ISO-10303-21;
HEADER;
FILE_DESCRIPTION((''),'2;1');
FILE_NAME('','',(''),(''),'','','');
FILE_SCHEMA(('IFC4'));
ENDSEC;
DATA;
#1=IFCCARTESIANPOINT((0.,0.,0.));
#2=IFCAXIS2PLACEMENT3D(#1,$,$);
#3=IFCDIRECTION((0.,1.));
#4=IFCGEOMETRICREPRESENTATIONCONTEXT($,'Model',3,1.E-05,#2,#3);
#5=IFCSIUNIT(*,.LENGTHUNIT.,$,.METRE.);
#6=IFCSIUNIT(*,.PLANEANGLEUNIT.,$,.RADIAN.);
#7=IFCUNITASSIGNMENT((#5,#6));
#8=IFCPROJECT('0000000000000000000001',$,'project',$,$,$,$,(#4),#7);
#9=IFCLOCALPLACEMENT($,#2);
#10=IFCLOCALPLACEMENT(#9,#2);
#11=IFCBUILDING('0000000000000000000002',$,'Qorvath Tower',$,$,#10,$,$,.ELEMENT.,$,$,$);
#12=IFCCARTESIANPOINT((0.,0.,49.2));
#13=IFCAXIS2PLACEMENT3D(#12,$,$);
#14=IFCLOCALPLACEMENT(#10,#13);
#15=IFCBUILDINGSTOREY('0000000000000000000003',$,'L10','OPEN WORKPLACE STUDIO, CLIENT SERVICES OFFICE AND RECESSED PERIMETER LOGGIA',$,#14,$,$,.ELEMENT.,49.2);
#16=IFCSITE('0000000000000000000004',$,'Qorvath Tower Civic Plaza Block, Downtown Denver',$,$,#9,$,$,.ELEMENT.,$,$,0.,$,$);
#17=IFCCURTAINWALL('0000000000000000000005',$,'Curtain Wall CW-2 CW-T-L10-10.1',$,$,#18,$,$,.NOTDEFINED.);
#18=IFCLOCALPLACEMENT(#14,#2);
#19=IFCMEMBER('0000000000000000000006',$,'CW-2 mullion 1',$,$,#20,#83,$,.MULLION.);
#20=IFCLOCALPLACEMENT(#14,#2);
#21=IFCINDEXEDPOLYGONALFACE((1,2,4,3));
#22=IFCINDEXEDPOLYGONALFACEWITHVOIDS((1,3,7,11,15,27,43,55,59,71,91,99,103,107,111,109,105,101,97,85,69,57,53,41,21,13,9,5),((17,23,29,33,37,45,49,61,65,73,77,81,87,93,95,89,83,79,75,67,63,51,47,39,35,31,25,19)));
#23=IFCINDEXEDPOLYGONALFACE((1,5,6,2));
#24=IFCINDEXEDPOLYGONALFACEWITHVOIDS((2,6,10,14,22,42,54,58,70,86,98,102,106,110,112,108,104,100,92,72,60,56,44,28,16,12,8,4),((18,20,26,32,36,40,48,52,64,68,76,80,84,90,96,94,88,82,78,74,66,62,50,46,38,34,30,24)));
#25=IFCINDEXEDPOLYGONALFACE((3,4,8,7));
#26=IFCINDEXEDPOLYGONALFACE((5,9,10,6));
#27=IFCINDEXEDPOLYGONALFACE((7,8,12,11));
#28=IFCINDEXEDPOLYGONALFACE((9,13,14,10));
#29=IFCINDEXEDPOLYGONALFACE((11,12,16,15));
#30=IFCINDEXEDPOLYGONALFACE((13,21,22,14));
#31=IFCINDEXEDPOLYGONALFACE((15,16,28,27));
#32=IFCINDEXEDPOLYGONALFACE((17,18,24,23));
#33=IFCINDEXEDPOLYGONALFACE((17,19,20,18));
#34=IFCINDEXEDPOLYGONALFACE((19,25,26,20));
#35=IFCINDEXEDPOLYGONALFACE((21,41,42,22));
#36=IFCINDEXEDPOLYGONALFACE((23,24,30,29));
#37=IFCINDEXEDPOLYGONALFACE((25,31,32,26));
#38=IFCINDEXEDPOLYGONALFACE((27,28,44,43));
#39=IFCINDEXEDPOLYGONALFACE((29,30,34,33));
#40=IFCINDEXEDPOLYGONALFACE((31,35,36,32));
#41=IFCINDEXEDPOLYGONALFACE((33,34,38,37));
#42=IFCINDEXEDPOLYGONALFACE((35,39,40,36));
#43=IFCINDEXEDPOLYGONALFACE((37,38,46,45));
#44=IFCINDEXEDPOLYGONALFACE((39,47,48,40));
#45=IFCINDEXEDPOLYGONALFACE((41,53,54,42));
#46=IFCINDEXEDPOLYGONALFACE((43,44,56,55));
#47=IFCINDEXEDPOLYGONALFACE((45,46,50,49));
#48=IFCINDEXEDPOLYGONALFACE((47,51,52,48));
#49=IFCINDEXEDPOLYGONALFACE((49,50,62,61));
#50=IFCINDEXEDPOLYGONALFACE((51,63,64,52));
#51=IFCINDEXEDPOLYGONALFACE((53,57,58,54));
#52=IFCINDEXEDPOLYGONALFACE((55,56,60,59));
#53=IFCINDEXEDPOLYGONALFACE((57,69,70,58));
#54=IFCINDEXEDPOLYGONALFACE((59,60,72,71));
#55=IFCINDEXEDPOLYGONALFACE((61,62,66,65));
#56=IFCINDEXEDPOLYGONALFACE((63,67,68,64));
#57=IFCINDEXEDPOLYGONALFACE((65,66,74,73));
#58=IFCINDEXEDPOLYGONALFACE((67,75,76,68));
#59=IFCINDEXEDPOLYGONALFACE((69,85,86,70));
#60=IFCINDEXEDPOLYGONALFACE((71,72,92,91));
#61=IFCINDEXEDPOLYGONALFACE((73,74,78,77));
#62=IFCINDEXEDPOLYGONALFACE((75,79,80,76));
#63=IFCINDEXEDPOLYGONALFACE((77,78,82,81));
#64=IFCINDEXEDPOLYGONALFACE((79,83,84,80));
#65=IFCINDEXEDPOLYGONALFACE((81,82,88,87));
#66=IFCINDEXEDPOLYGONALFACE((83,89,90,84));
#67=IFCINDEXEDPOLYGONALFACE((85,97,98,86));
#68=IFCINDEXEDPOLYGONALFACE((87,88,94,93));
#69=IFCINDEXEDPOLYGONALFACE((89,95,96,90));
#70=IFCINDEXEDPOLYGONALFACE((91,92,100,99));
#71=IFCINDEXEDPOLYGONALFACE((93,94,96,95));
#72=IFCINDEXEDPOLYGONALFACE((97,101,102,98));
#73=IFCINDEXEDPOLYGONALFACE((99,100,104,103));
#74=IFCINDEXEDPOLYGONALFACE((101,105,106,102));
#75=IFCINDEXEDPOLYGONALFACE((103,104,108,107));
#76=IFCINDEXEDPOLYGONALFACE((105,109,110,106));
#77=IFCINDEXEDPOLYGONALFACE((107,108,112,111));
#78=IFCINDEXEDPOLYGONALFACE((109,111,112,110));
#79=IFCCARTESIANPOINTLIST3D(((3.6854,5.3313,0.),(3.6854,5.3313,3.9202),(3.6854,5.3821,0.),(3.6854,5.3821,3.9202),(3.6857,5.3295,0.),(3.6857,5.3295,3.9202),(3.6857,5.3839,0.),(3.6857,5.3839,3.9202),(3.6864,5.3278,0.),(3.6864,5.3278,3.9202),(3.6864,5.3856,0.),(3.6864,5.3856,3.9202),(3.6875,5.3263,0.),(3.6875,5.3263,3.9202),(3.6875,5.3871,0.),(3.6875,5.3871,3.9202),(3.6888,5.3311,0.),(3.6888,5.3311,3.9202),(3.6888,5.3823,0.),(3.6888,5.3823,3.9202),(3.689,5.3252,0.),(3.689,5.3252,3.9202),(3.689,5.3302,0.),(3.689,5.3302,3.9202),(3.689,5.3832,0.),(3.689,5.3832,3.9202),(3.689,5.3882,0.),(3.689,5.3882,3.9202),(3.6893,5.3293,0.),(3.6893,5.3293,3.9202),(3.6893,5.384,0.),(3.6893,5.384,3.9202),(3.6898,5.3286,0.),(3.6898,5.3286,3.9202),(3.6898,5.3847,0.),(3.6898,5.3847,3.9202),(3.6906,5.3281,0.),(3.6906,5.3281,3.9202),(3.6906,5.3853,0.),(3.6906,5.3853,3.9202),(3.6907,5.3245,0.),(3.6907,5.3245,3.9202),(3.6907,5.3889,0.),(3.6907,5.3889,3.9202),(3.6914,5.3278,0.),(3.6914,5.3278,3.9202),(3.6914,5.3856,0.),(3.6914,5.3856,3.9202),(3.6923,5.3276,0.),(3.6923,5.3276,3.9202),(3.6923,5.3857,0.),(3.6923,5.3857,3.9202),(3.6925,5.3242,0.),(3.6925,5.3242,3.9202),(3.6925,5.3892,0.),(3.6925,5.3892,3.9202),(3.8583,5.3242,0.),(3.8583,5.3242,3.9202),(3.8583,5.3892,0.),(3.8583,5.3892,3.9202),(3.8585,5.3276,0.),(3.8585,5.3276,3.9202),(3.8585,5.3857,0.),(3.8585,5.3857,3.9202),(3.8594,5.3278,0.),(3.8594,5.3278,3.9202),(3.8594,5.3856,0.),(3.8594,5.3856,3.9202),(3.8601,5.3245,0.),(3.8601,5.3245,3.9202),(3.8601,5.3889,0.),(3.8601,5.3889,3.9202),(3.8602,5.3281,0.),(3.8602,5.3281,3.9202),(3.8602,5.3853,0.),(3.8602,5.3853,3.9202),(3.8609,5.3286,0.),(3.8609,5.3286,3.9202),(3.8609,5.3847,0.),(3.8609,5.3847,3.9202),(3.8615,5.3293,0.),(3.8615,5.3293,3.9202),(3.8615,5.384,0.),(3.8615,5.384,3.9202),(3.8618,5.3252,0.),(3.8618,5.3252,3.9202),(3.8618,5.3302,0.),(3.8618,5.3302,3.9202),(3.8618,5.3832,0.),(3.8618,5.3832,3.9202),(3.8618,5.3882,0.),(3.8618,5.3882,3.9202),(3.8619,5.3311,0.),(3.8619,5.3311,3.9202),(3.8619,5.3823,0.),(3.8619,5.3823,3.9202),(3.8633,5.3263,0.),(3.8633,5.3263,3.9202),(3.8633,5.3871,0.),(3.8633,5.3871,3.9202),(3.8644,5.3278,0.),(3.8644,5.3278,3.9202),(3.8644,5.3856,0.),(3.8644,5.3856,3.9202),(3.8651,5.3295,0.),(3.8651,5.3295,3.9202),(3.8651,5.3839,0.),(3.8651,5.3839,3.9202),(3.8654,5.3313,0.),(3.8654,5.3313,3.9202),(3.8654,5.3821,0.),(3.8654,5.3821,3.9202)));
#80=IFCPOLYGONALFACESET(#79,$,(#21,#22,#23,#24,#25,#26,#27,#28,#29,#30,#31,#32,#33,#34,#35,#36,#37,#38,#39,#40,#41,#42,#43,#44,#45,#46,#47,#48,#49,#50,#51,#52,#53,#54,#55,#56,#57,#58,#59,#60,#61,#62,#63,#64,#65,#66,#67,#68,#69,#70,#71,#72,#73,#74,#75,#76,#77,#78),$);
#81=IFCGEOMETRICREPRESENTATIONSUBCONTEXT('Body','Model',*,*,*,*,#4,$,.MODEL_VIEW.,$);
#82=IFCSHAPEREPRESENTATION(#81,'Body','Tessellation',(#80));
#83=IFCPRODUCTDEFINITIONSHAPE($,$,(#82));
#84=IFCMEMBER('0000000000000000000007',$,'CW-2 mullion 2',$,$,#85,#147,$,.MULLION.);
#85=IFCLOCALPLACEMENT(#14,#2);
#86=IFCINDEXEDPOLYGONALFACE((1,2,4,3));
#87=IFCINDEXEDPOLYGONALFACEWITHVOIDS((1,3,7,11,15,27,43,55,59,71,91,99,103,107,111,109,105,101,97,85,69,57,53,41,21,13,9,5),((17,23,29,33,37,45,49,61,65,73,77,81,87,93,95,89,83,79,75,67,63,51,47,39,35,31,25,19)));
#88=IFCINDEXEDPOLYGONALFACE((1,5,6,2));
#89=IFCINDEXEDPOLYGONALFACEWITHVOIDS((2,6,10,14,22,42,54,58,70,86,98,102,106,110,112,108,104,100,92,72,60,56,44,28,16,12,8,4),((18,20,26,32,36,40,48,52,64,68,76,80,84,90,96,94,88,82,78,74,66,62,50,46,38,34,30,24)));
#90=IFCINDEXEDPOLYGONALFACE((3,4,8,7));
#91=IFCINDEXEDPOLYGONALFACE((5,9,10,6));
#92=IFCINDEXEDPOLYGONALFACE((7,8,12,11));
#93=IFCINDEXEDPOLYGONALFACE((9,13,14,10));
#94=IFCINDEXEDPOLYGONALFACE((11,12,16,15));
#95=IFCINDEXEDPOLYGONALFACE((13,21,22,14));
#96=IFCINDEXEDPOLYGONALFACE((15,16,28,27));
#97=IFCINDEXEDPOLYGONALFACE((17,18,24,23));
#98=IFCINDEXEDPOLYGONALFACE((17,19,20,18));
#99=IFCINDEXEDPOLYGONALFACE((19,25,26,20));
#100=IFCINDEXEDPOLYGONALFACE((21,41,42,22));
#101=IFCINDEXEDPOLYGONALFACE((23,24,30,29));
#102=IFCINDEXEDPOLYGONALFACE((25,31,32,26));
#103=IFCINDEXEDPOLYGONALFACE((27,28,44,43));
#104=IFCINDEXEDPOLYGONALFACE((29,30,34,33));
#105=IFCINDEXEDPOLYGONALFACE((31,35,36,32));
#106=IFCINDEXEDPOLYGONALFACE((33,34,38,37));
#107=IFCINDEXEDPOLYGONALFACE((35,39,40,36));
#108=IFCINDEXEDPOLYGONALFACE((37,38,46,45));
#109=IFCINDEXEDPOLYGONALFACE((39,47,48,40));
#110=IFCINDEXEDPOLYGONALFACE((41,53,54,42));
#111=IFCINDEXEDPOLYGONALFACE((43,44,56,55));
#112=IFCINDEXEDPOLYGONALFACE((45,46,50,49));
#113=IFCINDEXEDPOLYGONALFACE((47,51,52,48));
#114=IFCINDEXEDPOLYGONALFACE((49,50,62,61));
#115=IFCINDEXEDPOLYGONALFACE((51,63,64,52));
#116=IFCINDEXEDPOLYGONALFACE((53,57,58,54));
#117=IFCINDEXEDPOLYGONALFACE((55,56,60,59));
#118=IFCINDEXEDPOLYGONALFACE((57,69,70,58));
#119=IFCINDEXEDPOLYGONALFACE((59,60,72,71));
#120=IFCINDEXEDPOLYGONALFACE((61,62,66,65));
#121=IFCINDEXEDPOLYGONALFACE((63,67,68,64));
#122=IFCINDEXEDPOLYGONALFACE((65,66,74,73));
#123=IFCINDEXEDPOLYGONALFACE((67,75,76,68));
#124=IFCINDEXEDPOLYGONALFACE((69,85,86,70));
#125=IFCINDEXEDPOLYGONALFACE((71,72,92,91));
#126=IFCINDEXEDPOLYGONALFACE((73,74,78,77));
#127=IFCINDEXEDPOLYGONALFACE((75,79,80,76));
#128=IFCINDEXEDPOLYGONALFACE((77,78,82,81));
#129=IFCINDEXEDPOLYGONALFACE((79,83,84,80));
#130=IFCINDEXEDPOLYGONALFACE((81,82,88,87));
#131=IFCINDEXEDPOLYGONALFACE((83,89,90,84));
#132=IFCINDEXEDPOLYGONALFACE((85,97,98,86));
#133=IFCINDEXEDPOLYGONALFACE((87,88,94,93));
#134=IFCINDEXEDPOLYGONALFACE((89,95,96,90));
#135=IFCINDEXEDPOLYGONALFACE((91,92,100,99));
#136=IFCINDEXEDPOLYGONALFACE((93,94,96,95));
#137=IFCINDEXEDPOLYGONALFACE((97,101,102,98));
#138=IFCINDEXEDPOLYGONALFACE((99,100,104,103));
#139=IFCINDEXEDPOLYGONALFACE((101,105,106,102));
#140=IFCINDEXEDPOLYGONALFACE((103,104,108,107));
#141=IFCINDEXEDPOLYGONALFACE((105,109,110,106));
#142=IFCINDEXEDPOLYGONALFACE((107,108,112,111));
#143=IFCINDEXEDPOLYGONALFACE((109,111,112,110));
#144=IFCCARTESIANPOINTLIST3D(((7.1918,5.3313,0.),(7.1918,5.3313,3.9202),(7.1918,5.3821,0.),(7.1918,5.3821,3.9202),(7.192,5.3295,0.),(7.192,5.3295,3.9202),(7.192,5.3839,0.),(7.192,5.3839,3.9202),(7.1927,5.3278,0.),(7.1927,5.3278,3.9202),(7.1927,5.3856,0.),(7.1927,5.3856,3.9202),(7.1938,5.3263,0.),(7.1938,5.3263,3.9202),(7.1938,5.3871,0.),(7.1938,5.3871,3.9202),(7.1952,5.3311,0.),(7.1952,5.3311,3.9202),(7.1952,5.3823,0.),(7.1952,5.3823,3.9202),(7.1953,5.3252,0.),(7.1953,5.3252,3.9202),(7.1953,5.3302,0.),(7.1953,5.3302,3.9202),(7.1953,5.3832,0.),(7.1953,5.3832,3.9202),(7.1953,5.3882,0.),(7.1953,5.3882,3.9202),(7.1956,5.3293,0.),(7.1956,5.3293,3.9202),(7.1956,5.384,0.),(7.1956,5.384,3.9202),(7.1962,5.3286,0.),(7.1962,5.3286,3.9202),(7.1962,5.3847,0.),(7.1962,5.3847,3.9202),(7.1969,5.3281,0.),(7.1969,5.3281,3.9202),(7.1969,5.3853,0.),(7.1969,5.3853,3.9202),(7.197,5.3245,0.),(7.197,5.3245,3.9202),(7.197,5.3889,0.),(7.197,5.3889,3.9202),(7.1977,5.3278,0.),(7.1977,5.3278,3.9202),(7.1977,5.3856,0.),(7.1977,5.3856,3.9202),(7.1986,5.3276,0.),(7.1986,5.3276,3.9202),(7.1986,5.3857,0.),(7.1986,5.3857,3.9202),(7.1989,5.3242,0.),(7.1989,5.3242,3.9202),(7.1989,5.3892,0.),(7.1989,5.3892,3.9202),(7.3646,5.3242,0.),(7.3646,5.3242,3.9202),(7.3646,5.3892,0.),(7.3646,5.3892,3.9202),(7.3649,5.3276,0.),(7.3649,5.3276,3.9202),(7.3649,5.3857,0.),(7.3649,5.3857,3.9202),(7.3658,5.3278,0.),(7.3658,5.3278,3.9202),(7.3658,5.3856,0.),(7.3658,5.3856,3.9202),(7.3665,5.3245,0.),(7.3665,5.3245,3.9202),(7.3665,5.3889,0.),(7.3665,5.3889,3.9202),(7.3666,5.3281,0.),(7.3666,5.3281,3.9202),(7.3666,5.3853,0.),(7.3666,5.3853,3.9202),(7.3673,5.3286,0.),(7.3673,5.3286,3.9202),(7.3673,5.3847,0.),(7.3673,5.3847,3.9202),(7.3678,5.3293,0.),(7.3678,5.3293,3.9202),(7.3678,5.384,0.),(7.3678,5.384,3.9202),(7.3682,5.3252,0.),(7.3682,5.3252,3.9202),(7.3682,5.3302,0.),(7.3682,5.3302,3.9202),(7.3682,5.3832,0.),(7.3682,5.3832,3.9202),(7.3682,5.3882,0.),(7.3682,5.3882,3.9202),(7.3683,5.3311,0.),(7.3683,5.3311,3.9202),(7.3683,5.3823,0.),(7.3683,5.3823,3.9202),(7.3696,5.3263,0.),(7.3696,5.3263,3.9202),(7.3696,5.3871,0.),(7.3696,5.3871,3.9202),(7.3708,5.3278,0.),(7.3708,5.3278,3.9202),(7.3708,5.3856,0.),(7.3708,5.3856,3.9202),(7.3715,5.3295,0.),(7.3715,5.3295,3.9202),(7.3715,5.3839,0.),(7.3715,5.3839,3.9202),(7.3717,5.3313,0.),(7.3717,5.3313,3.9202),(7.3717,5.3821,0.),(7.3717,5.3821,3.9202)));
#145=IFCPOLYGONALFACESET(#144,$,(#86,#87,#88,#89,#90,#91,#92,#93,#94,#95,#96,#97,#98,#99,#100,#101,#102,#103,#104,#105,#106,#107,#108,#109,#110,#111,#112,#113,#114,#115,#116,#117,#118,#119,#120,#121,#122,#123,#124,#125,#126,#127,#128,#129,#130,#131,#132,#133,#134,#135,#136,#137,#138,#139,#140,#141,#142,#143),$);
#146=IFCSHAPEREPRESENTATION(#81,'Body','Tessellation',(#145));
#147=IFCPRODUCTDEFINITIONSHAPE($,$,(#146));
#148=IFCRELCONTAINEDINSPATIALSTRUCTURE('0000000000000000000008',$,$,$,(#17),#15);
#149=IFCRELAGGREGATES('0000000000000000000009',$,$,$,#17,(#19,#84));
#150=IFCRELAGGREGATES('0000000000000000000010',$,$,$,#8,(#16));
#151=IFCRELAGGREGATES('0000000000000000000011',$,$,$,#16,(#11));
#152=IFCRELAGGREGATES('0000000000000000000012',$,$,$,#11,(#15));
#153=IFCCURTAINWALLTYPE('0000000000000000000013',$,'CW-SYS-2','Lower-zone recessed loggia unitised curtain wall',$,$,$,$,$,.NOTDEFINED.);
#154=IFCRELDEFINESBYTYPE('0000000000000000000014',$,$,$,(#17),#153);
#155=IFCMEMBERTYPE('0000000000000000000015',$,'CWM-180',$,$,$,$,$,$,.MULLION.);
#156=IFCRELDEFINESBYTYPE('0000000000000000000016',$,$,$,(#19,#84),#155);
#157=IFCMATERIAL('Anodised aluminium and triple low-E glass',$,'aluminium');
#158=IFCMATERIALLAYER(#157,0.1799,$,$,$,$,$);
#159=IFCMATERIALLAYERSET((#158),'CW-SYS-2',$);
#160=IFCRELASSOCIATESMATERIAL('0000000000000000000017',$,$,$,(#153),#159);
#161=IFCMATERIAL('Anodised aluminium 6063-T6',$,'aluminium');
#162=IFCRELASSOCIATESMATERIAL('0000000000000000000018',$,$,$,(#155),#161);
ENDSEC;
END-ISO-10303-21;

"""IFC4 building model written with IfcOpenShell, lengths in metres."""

from ifc_helpers import new_model, si_unit, direction, frame, origin, origin_2d, place, context, subcontext, project, spatial, hollow_rectangle, extrude, material, layer, layer_set, material_profile, profile_set, type_object, element, aggregate, save


model = new_model("IFC4")

# Units and contexts
model_context = context("Model", 3, precision=1e-05, world=origin(), true_north=direction((0.0, 1.0)))
body_context = subcontext(model_context, "Body", "Model", "MODEL_VIEW")
ifc_project = project(units=[si_unit("LENGTHUNIT", "METRE"), si_unit("PLANEANGLEUNIT", "RADIAN")], contexts=[model_context])

# Site, building, storey
site_placement = place(None, origin())
site = spatial("IfcSite", under=ifc_project, at=site_placement, Name="Qorvath Tower Civic Plaza Block, Downtown Denver", CompositionType="ELEMENT", RefElevation=0.0)
building_placement = place(site_placement, origin())
building = spatial("IfcBuilding", under=site, at=building_placement, Name="Qorvath Tower", CompositionType="ELEMENT")
storey_placement = place(building_placement, frame((0.0, 0.0, 49.2)))
storey = spatial("IfcBuildingStorey", under=building, at=storey_placement, Name="L10", Description="OPEN WORKPLACE STUDIO, CLIENT SERVICES OFFICE AND RECESSED PERIMETER LOGGIA", CompositionType="ELEMENT", Elevation=49.2)

# Curtain wall, members
ifc_material_1 = material(Name="Anodised aluminium and triple low-E glass", Category="aluminium")
ifc_layer_1 = layer(ifc_material_1, 0.1799)
ifc_layer_set_1 = layer_set([ifc_layer_1], Name="CW-SYS-2")
curtain_wall_type = type_object("IfcCurtainWallType", Name="CW-SYS-2", Description="Lower-zone recessed loggia unitised curtain wall", PredefinedType="NOTDEFINED", material=ifc_layer_set_1)
ifc_material_2 = material(Name="Anodised aluminium 6063-T6", Category="aluminium")
ifc_material_profile_1 = material_profile(ifc_material_2, hollow_rectangle(XDim=0.0649, YDim=0.1799, WallThickness=0.0034, InnerFilletRadius=0.0034, OuterFilletRadius=0.0071, at=origin_2d()), Name="CWM 180x65")
ifc_profile_set_1 = profile_set([ifc_material_profile_1], Name="Anodised aluminium 6063-T6")
member_type_1 = type_object("IfcMemberType", Name="CWM-180", PredefinedType="MULLION", material=ifc_profile_set_1)
curtain_wall_1_placement = place(storey_placement, origin())
curtain_wall_1 = element("IfcCurtainWall", 1, at=curtain_wall_1_placement, inside=storey, type_object=curtain_wall_type, Name="Curtain Wall CW-2 CW-T-L10-10.1", PredefinedType="NOTDEFINED")
member_1_placement = place(storey_placement, frame((3.7754, 5.3567, 0.0), z_axis=(0.0, 0.0, 1.0), x_axis=(0.0, 1.0, 0.0)))
member_1 = element("IfcMember", 2, at=member_1_placement, type_object=member_type_1, Name="CW-2 mullion 1", PredefinedType="MULLION", context=body_context, shape_type="SweptSolid", body=[
    extrude(hollow_rectangle(XDim=0.0649, YDim=0.1799, WallThickness=0.0034, InnerFilletRadius=0.0034, OuterFilletRadius=0.0071, at=origin_2d()), origin(), (0.0, 0.0, 1.0), 3.9202),
])
member_2_placement = place(storey_placement, frame((7.2817, 5.3567, 0.0), z_axis=(0.0, 0.0, 1.0), x_axis=(0.0, 1.0, 0.0)))
member_2 = element("IfcMember", 3, at=member_2_placement, type_object=member_type_1, Name="CW-2 mullion 2", PredefinedType="MULLION", context=body_context, shape_type="SweptSolid", body=[
    extrude(hollow_rectangle(XDim=0.0649, YDim=0.1799, WallThickness=0.0034, InnerFilletRadius=0.0034, OuterFilletRadius=0.0071, at=origin_2d()), origin(), (0.0, 0.0, 1.0), 3.9202),
])

aggregate(curtain_wall_1, [member_1, member_2])

save(model, "model.ifc")
